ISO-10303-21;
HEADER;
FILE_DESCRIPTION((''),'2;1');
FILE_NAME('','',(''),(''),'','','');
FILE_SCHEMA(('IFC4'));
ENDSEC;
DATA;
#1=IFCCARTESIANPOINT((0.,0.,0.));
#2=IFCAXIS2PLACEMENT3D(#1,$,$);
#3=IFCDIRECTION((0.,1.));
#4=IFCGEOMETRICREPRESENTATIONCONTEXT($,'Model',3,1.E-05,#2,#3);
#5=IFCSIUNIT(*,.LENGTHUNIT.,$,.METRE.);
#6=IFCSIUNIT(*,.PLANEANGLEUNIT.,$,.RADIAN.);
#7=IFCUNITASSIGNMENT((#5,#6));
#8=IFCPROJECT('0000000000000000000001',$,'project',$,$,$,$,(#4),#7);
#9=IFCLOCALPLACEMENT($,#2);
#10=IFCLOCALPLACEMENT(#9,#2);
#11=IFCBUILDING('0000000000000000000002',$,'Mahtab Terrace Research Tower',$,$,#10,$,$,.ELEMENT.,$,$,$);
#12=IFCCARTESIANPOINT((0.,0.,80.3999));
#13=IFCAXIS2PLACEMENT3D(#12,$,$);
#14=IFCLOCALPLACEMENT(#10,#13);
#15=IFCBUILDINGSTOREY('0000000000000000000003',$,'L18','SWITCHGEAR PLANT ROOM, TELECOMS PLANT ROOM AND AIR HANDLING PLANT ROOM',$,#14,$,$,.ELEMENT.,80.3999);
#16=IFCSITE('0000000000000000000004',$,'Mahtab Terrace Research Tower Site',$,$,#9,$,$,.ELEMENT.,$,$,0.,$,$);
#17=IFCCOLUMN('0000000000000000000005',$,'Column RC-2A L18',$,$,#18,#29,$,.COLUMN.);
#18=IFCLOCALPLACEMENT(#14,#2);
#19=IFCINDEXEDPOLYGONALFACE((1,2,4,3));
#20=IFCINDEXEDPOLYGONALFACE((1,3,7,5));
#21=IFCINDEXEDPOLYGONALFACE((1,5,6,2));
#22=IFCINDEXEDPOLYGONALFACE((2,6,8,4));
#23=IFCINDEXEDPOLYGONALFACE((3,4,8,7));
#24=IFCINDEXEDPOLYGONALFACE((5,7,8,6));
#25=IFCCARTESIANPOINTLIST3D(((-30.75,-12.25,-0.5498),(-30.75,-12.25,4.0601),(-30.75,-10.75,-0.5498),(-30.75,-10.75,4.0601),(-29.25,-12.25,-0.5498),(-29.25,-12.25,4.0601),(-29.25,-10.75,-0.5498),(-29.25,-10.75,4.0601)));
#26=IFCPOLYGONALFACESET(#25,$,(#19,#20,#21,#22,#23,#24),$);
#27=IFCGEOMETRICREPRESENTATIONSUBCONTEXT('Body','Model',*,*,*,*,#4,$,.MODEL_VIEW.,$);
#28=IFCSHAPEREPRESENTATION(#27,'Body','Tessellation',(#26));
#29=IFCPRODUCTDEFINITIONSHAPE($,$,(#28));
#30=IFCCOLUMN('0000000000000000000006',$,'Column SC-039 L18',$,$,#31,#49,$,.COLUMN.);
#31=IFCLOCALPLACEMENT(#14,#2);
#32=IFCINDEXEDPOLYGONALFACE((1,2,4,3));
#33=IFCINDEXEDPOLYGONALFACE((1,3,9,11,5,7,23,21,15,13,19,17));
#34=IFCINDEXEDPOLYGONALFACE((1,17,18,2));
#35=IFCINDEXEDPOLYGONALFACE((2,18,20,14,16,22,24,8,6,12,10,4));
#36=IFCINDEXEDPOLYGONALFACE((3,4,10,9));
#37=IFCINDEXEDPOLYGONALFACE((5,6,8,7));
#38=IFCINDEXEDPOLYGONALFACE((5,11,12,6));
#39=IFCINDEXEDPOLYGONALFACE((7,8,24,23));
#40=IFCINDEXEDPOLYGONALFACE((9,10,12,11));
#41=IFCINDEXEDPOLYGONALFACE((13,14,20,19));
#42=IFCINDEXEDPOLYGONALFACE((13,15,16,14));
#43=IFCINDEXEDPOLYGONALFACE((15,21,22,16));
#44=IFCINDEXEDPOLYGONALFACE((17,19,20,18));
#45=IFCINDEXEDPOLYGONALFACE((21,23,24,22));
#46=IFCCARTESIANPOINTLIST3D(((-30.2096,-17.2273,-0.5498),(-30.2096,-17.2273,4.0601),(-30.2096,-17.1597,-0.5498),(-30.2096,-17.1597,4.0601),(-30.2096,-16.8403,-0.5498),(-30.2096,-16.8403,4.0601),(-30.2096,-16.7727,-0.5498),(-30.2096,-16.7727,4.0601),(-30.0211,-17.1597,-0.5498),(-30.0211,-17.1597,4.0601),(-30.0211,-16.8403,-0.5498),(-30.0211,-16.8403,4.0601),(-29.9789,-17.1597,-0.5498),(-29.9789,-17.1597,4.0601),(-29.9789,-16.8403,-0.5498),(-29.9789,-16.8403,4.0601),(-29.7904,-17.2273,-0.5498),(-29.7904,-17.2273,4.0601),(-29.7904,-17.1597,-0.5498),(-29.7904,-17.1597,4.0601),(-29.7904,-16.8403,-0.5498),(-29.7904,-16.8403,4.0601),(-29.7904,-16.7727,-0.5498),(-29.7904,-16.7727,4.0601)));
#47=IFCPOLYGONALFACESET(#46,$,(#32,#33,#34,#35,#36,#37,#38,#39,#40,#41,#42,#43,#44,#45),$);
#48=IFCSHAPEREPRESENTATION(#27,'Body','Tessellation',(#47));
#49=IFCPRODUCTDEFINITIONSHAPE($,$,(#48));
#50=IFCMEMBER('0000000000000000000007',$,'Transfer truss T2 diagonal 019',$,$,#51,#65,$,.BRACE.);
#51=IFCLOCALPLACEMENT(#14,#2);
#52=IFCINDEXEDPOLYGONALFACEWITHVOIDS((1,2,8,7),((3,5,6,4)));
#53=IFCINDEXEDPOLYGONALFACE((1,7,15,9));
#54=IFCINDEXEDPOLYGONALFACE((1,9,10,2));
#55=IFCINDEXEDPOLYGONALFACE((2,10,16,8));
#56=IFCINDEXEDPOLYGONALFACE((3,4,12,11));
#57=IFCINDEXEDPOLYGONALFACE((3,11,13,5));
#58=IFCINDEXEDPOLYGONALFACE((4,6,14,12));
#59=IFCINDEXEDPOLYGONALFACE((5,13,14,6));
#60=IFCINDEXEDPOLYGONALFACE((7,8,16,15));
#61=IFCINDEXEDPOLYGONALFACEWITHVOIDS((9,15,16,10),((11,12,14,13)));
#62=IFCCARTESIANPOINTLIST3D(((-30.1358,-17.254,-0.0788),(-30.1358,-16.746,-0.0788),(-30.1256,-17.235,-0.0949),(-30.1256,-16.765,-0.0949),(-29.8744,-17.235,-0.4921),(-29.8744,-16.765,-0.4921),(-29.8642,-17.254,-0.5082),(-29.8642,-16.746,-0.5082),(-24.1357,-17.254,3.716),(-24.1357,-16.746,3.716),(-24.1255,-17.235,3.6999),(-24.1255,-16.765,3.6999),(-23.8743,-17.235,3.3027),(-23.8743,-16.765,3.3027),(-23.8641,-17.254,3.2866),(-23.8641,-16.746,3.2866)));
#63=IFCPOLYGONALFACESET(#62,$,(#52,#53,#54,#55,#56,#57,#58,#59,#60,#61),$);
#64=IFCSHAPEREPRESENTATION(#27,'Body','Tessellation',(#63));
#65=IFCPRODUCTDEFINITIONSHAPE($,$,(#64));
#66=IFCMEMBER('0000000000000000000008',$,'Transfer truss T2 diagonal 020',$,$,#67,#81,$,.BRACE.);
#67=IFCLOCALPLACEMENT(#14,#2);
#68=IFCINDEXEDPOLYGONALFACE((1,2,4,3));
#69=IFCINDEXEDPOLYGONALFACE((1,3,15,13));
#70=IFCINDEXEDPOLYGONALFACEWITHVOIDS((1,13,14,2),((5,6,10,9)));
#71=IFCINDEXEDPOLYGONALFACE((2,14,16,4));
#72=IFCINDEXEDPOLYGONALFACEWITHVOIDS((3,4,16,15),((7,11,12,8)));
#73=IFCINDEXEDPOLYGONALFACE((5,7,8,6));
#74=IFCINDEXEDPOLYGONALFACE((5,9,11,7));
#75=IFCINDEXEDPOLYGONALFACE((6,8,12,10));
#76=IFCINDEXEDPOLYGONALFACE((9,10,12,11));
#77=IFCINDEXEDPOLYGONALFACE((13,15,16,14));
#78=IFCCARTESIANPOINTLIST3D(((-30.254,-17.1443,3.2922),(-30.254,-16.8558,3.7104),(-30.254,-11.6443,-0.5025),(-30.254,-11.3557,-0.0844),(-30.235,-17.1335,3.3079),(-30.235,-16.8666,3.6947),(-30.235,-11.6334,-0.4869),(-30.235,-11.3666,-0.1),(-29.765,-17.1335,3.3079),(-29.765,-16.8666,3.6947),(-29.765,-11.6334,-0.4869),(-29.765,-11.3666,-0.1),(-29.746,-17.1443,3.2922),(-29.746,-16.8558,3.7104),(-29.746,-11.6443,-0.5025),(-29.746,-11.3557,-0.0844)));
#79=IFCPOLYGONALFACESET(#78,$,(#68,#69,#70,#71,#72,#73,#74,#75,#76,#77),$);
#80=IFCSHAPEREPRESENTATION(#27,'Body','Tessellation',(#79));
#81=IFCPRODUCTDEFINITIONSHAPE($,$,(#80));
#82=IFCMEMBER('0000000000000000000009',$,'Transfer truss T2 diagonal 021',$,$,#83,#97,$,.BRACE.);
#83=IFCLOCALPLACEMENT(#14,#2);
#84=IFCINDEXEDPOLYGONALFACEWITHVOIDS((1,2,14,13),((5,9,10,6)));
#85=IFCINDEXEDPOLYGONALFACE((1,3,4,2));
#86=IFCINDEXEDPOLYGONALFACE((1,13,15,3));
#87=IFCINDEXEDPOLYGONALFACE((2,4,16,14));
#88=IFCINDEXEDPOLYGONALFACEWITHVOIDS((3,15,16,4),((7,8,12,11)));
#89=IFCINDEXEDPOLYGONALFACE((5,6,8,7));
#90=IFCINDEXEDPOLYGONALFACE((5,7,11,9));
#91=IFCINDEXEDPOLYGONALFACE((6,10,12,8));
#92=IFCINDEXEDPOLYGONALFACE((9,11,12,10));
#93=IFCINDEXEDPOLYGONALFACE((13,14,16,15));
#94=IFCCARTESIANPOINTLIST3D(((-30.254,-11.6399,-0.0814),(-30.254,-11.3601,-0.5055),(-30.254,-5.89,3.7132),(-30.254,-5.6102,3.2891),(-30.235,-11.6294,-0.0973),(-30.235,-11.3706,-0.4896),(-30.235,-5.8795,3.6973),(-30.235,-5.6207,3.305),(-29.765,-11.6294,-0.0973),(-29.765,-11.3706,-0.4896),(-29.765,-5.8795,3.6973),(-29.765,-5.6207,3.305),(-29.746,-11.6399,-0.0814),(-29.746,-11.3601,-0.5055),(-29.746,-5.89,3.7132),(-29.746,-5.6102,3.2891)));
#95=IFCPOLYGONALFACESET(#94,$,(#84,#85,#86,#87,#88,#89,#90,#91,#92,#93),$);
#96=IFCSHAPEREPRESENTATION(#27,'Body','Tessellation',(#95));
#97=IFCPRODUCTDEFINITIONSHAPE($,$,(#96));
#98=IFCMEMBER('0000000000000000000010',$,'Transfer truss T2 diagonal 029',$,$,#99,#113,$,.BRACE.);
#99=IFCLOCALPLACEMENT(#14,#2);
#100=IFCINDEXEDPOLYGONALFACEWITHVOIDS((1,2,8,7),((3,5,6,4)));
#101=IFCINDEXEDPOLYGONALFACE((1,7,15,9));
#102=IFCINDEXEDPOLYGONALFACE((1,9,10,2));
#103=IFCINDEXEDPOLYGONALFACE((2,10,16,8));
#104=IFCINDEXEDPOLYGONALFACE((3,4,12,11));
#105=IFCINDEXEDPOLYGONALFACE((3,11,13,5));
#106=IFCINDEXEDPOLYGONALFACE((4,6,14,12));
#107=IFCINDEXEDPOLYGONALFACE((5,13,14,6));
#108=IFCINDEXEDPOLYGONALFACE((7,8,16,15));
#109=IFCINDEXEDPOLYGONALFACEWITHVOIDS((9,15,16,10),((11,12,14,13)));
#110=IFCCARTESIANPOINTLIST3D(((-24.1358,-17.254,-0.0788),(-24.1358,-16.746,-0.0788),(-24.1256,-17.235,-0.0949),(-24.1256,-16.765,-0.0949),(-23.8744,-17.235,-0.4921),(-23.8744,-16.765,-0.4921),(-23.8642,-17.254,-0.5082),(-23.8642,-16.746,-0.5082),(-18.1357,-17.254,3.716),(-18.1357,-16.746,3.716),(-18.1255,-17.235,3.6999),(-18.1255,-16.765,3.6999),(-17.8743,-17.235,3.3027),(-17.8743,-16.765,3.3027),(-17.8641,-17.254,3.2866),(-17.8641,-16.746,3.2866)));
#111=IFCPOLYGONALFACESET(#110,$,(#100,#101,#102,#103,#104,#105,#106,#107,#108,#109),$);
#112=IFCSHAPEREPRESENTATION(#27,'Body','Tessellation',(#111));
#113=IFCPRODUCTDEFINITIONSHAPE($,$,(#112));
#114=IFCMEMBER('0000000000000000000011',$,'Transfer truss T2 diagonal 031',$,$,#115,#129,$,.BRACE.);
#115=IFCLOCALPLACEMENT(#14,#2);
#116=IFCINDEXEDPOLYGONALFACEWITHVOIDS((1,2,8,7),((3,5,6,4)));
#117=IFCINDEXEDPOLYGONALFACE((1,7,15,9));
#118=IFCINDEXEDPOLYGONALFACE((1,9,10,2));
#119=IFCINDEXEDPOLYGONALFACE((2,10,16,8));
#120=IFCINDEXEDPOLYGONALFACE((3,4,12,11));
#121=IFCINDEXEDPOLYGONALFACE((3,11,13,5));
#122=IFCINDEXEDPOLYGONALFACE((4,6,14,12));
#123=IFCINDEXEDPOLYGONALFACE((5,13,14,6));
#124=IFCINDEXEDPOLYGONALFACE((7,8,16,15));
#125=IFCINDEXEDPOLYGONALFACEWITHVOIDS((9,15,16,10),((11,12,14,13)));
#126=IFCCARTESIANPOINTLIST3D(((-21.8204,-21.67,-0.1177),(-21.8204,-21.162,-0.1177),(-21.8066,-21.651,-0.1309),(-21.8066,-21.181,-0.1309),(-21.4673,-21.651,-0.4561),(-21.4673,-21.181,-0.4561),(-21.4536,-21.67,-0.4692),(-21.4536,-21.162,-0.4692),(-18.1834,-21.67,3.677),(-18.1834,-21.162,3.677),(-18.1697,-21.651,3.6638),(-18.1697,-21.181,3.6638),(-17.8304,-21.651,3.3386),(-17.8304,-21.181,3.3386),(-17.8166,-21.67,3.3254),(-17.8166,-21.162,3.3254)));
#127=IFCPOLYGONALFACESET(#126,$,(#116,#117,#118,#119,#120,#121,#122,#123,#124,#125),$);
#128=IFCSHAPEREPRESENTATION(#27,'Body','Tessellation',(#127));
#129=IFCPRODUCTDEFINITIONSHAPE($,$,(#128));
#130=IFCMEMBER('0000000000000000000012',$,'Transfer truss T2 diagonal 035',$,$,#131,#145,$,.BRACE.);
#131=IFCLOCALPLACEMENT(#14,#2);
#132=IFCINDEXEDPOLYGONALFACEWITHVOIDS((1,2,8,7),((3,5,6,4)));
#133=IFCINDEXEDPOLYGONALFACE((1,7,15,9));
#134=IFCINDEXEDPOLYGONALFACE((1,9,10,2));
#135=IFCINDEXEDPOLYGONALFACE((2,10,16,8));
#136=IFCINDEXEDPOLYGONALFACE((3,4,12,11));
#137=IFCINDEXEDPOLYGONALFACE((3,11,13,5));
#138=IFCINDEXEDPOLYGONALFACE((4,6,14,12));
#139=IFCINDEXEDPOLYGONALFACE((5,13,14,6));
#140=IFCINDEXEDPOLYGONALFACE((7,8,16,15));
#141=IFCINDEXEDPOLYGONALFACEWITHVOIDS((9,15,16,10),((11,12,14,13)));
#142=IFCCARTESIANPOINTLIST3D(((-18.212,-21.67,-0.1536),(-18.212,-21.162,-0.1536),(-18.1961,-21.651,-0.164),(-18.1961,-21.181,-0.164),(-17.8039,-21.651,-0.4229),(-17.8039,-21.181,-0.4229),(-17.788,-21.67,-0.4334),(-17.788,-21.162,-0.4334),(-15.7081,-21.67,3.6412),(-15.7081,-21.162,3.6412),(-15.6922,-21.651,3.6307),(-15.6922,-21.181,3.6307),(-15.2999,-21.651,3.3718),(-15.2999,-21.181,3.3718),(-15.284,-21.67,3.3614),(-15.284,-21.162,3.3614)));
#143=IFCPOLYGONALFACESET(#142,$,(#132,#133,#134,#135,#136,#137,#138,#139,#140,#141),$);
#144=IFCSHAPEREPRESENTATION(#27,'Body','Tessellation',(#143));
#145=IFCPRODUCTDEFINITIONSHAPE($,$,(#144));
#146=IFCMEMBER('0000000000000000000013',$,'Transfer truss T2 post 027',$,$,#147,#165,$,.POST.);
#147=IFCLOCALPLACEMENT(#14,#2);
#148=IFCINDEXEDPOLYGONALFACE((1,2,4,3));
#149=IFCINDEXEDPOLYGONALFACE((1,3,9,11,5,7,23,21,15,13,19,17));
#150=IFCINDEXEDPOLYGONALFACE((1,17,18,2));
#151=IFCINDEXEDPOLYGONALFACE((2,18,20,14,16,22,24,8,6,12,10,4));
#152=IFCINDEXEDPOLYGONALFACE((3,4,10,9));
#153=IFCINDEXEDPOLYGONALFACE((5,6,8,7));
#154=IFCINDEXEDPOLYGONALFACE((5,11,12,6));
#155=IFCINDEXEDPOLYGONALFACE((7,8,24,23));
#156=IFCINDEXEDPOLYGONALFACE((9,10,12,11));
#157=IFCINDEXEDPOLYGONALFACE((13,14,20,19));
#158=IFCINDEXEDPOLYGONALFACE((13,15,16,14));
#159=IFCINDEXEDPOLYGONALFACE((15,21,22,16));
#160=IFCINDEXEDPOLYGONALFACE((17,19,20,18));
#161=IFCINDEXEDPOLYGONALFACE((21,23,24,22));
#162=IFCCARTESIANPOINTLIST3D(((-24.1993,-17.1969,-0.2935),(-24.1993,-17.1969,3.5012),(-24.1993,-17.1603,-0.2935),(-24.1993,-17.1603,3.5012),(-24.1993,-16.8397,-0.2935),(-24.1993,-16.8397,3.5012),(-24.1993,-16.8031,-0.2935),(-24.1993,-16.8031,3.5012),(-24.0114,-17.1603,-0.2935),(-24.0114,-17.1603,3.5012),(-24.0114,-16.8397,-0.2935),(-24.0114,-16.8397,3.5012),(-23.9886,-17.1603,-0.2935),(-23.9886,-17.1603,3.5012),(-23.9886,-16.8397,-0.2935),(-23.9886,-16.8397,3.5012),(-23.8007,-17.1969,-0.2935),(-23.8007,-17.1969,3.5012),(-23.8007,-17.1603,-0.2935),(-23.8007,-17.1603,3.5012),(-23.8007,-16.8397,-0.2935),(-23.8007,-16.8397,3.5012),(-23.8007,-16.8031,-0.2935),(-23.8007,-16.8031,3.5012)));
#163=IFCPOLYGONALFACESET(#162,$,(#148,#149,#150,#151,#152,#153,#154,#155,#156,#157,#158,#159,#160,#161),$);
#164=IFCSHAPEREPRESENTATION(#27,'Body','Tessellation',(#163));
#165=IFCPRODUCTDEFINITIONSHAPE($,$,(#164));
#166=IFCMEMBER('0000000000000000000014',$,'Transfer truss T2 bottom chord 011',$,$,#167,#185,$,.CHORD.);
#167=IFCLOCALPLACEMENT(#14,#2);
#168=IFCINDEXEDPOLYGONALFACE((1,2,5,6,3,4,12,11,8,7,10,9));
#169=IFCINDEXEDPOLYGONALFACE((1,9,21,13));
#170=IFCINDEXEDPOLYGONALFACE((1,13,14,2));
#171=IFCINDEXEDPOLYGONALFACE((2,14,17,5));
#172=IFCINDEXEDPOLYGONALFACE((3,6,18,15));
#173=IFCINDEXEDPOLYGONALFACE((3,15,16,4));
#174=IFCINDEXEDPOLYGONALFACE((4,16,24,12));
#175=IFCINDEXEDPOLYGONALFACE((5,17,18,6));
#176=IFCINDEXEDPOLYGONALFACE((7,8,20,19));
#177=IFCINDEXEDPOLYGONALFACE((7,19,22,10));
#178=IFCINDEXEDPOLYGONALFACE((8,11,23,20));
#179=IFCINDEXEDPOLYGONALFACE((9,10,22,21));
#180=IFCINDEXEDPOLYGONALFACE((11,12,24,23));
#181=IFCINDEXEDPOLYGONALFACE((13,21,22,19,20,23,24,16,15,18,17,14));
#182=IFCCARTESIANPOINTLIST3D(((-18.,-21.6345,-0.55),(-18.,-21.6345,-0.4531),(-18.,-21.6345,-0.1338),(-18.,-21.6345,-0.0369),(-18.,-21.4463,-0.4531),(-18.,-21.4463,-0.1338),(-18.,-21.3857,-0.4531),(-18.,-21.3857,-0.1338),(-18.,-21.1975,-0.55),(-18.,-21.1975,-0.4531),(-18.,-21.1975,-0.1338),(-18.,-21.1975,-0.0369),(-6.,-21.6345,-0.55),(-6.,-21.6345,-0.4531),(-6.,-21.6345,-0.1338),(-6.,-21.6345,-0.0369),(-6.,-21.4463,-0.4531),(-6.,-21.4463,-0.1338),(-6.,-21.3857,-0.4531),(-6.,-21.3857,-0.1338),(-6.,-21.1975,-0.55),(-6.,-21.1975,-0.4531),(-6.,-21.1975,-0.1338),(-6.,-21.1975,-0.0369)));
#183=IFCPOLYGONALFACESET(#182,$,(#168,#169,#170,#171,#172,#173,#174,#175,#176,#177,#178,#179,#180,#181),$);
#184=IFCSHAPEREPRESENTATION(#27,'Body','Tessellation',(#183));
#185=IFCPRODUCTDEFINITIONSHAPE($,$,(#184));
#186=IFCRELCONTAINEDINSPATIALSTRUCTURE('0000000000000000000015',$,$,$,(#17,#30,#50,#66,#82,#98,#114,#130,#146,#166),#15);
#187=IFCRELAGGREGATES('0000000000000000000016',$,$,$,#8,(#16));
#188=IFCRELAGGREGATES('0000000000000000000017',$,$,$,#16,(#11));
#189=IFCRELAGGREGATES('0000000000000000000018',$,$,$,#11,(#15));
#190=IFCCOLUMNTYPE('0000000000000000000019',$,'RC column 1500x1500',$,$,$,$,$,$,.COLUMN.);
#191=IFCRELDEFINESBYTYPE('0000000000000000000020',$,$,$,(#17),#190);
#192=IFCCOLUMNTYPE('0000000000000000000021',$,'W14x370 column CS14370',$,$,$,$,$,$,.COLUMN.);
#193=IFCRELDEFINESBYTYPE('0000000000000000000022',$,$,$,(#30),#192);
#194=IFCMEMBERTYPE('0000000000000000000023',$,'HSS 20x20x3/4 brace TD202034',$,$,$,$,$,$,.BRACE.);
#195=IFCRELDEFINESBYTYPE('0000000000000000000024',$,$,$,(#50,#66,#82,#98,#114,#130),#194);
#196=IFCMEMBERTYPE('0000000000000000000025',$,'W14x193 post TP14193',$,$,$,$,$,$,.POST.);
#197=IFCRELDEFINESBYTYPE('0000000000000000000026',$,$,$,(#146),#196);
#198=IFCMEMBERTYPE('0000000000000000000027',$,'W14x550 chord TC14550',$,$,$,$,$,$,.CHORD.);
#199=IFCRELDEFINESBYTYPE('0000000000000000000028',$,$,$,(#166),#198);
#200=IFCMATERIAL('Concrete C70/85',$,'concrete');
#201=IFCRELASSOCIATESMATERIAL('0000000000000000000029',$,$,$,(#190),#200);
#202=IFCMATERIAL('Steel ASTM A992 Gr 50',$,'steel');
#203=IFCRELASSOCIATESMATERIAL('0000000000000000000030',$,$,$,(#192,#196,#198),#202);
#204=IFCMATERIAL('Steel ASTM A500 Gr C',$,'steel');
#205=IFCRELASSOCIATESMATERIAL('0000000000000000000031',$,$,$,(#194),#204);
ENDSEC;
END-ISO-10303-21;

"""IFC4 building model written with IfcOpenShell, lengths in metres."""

from ifc_helpers import new_model, si_unit, direction, frame, origin, origin_2d, place, context, subcontext, project, spatial, rectangle, hollow_rectangle, i_section, extrude, material, material_profile, profile_set, type_object, element, save


model = new_model("IFC4")

# Units and contexts
model_context = context("Model", 3, precision=1e-05, world=origin(), true_north=direction((0.0, 1.0)))
body_context = subcontext(model_context, "Body", "Model", "MODEL_VIEW")
ifc_project = project(units=[si_unit("LENGTHUNIT", "METRE"), si_unit("PLANEANGLEUNIT", "RADIAN")], contexts=[model_context])

# Site, building, storey
site_placement = place(None, origin())
site = spatial("IfcSite", under=ifc_project, at=site_placement, Name="Mahtab Terrace Research Tower Site", CompositionType="ELEMENT", RefElevation=0.0)
building_placement = place(site_placement, origin())
building = spatial("IfcBuilding", under=site, at=building_placement, Name="Mahtab Terrace Research Tower", CompositionType="ELEMENT")
storey_placement = place(building_placement, frame((0.0, 0.0, 80.3999)))
storey = spatial("IfcBuildingStorey", under=building, at=storey_placement, Name="L18", Description="SWITCHGEAR PLANT ROOM, TELECOMS PLANT ROOM AND AIR HANDLING PLANT ROOM", CompositionType="ELEMENT", Elevation=80.3999)

# Columns
ifc_material_1 = material(Name="Concrete C70/85", Category="concrete")
ifc_material_profile_1 = material_profile(ifc_material_1, rectangle(XDim=1.5, YDim=1.5, at=origin_2d()), Name="RC column 1500x1500")
ifc_profile_set_1 = profile_set([ifc_material_profile_1], Name="Concrete C70/85")
column_type_1 = type_object("IfcColumnType", Name="RC column 1500x1500", PredefinedType="COLUMN", material=ifc_profile_set_1)
column_1_placement = place(storey_placement, frame((-30.0, -11.5, -0.5498), z_axis=(0.0, 0.0, 1.0), x_axis=(1.0, 0.0, 0.0)))
element("IfcColumn", 1, at=column_1_placement, inside=storey, type_object=column_type_1, Name="Column RC-2A L18", PredefinedType="COLUMN", context=body_context, shape_type="SweptSolid", body=[
    extrude(rectangle(XDim=1.5, YDim=1.5, at=origin_2d()), origin(), (0.0, 0.0, 1.0), 4.6099),
])
ifc_material_2 = material(Name="Steel ASTM A992 Gr 50", Category="steel")
ifc_material_profile_2 = material_profile(ifc_material_2, i_section(OverallWidth=0.4192, OverallDepth=0.4546, WebThickness=0.0422, FlangeThickness=0.0676, at=origin_2d()), Name="W14X370")
ifc_profile_set_2 = profile_set([ifc_material_profile_2], Name="Steel ASTM A992 Gr 50")
column_type_2 = type_object("IfcColumnType", Name="W14x370 column CS14370", PredefinedType="COLUMN", material=ifc_profile_set_2)
column_2_placement = place(storey_placement, frame((-30.0, -17.0, -0.5498), z_axis=(0.0, 0.0, 1.0), x_axis=(1.0, 0.0, 0.0)))
element("IfcColumn", 2, at=column_2_placement, inside=storey, type_object=column_type_2, Name="Column SC-039 L18", PredefinedType="COLUMN", context=body_context, shape_type="SweptSolid", body=[
    extrude(i_section(OverallWidth=0.4192, OverallDepth=0.4546, WebThickness=0.0422, FlangeThickness=0.0676, at=origin_2d()), origin(), (0.0, 0.0, 1.0), 4.6099),
])

# Members
ifc_material_3 = material(Name="Steel ASTM A500 Gr C", Category="steel")
ifc_material_profile_3 = material_profile(ifc_material_3, hollow_rectangle(XDim=0.5081, YDim=0.5081, WallThickness=0.019, at=origin_2d()), Name="HSS20X20X3/4")
ifc_profile_set_3 = profile_set([ifc_material_profile_3], Name="Steel ASTM A500 Gr C")
member_type_1 = type_object("IfcMemberType", Name="HSS 20x20x3/4 brace TD202034", PredefinedType="BRACE", material=ifc_profile_set_3)
member_1_placement = place(storey_placement, frame((-30.0, -17.0, -0.2935), z_axis=(0.845158, 0.0, 0.534517), x_axis=(0.0, 1.0, 0.0)))
element("IfcMember", 3, at=member_1_placement, inside=storey, type_object=member_type_1, Name="Transfer truss T2 diagonal 019", PredefinedType="BRACE", context=body_context, shape_type="SweptSolid", body=[
    extrude(hollow_rectangle(XDim=0.5081, YDim=0.5081, WallThickness=0.019, at=origin_2d()), origin(), (0.0, 0.0, 1.0), 7.0994),
])
member_2_placement = place(storey_placement, frame((-30.0, -11.5, -0.2935), z_axis=(0.0, -0.823103, 0.567893), x_axis=(1.0, 0.0, 0.0)))
element("IfcMember", 4, at=member_2_placement, inside=storey, type_object=member_type_1, Name="Transfer truss T2 diagonal 020", PredefinedType="BRACE", context=body_context, shape_type="SweptSolid", body=[
    extrude(hollow_rectangle(XDim=0.5081, YDim=0.5081, WallThickness=0.019, at=origin_2d()), origin(), (0.0, 0.0, 1.0), 6.6821),
])
member_3_placement = place(storey_placement, frame((-30.0, -11.5, -0.2935), z_axis=(0.0, 0.834631, 0.55081), x_axis=(-1.0, 0.0, 0.0)))
element("IfcMember", 5, at=member_3_placement, inside=storey, type_object=member_type_1, Name="Transfer truss T2 diagonal 021", PredefinedType="BRACE", context=body_context, shape_type="SweptSolid", body=[
    extrude(hollow_rectangle(XDim=0.5081, YDim=0.5081, WallThickness=0.019, at=origin_2d()), origin(), (0.0, 0.0, 1.0), 6.8892),
])
member_4_placement = place(storey_placement, frame((-24.0, -17.0, -0.2935), z_axis=(0.845158, 0.0, 0.534517), x_axis=(0.0, 1.0, 0.0)))
element("IfcMember", 6, at=member_4_placement, inside=storey, type_object=member_type_1, Name="Transfer truss T2 diagonal 029", PredefinedType="BRACE", context=body_context, shape_type="SweptSolid", body=[
    extrude(hollow_rectangle(XDim=0.5081, YDim=0.5081, WallThickness=0.019, at=origin_2d()), origin(), (0.0, 0.0, 1.0), 7.0994),
])
member_5_placement = place(storey_placement, frame((-21.637, -21.416, -0.2935), z_axis=(0.691945, 0.0, 0.72195), x_axis=(0.0, 1.0, 0.0)))
element("IfcMember", 7, at=member_5_placement, inside=storey, type_object=member_type_1, Name="Transfer truss T2 diagonal 031", PredefinedType="BRACE", context=body_context, shape_type="SweptSolid", body=[
    extrude(hollow_rectangle(XDim=0.5081, YDim=0.5081, WallThickness=0.019, at=origin_2d()), origin(), (0.0, 0.0, 1.0), 5.2561),
])
member_6_placement = place(storey_placement, frame((-18.0, -21.416, -0.2935), z_axis=(0.550753, 0.0, 0.834668), x_axis=(0.0, 1.0, 0.0)))
element("IfcMember", 8, at=member_6_placement, inside=storey, type_object=member_type_1, Name="Transfer truss T2 diagonal 035", PredefinedType="BRACE", context=body_context, shape_type="SweptSolid", body=[
    extrude(hollow_rectangle(XDim=0.5081, YDim=0.5081, WallThickness=0.019, at=origin_2d()), origin(), (0.0, 0.0, 1.0), 4.5464),
])
ifc_material_profile_4 = material_profile(ifc_material_2, i_section(OverallWidth=0.3987, OverallDepth=0.3938, WebThickness=0.0227, FlangeThickness=0.0366, at=origin_2d()), Name="W14X193")
ifc_profile_set_4 = profile_set([ifc_material_profile_4], Name="Steel ASTM A992 Gr 50")
member_type_2 = type_object("IfcMemberType", Name="W14x193 post TP14193", PredefinedType="POST", material=ifc_profile_set_4)
member_7_placement = place(storey_placement, frame((-24.0, -17.0, -0.2935), z_axis=(0.0, 0.0, 1.0), x_axis=(1.0, 0.0, 0.0)))
element("IfcMember", 9, at=member_7_placement, inside=storey, type_object=member_type_2, Name="Transfer truss T2 post 027", PredefinedType="POST", context=body_context, shape_type="SweptSolid", body=[
    extrude(i_section(OverallWidth=0.3987, OverallDepth=0.3938, WebThickness=0.0227, FlangeThickness=0.0366, at=origin_2d()), origin(), (0.0, 0.0, 1.0), 3.7947),
])
ifc_material_profile_5 = material_profile(ifc_material_2, i_section(OverallWidth=0.437, OverallDepth=0.5132, WebThickness=0.0605, FlangeThickness=0.0969, at=origin_2d()), Name="W14X550")
ifc_profile_set_5 = profile_set([ifc_material_profile_5], Name="Steel ASTM A992 Gr 50")
member_type_3 = type_object("IfcMemberType", Name="W14x550 chord TC14550", PredefinedType="CHORD", material=ifc_profile_set_5)
member_8_placement = place(storey_placement, frame((-18.0, -21.416, -0.2935), z_axis=(1.0, 0.0, 0.0), x_axis=(0.0, 1.0, 0.0)))
element("IfcMember", 10, at=member_8_placement, inside=storey, type_object=member_type_3, Name="Transfer truss T2 bottom chord 011", PredefinedType="CHORD", context=body_context, shape_type="SweptSolid", body=[
    extrude(i_section(OverallWidth=0.437, OverallDepth=0.5132, WebThickness=0.0605, FlangeThickness=0.0969, at=origin_2d()), origin(), (0.0, 0.0, 1.0), 12.0),
])

save(model, "model.ifc")
